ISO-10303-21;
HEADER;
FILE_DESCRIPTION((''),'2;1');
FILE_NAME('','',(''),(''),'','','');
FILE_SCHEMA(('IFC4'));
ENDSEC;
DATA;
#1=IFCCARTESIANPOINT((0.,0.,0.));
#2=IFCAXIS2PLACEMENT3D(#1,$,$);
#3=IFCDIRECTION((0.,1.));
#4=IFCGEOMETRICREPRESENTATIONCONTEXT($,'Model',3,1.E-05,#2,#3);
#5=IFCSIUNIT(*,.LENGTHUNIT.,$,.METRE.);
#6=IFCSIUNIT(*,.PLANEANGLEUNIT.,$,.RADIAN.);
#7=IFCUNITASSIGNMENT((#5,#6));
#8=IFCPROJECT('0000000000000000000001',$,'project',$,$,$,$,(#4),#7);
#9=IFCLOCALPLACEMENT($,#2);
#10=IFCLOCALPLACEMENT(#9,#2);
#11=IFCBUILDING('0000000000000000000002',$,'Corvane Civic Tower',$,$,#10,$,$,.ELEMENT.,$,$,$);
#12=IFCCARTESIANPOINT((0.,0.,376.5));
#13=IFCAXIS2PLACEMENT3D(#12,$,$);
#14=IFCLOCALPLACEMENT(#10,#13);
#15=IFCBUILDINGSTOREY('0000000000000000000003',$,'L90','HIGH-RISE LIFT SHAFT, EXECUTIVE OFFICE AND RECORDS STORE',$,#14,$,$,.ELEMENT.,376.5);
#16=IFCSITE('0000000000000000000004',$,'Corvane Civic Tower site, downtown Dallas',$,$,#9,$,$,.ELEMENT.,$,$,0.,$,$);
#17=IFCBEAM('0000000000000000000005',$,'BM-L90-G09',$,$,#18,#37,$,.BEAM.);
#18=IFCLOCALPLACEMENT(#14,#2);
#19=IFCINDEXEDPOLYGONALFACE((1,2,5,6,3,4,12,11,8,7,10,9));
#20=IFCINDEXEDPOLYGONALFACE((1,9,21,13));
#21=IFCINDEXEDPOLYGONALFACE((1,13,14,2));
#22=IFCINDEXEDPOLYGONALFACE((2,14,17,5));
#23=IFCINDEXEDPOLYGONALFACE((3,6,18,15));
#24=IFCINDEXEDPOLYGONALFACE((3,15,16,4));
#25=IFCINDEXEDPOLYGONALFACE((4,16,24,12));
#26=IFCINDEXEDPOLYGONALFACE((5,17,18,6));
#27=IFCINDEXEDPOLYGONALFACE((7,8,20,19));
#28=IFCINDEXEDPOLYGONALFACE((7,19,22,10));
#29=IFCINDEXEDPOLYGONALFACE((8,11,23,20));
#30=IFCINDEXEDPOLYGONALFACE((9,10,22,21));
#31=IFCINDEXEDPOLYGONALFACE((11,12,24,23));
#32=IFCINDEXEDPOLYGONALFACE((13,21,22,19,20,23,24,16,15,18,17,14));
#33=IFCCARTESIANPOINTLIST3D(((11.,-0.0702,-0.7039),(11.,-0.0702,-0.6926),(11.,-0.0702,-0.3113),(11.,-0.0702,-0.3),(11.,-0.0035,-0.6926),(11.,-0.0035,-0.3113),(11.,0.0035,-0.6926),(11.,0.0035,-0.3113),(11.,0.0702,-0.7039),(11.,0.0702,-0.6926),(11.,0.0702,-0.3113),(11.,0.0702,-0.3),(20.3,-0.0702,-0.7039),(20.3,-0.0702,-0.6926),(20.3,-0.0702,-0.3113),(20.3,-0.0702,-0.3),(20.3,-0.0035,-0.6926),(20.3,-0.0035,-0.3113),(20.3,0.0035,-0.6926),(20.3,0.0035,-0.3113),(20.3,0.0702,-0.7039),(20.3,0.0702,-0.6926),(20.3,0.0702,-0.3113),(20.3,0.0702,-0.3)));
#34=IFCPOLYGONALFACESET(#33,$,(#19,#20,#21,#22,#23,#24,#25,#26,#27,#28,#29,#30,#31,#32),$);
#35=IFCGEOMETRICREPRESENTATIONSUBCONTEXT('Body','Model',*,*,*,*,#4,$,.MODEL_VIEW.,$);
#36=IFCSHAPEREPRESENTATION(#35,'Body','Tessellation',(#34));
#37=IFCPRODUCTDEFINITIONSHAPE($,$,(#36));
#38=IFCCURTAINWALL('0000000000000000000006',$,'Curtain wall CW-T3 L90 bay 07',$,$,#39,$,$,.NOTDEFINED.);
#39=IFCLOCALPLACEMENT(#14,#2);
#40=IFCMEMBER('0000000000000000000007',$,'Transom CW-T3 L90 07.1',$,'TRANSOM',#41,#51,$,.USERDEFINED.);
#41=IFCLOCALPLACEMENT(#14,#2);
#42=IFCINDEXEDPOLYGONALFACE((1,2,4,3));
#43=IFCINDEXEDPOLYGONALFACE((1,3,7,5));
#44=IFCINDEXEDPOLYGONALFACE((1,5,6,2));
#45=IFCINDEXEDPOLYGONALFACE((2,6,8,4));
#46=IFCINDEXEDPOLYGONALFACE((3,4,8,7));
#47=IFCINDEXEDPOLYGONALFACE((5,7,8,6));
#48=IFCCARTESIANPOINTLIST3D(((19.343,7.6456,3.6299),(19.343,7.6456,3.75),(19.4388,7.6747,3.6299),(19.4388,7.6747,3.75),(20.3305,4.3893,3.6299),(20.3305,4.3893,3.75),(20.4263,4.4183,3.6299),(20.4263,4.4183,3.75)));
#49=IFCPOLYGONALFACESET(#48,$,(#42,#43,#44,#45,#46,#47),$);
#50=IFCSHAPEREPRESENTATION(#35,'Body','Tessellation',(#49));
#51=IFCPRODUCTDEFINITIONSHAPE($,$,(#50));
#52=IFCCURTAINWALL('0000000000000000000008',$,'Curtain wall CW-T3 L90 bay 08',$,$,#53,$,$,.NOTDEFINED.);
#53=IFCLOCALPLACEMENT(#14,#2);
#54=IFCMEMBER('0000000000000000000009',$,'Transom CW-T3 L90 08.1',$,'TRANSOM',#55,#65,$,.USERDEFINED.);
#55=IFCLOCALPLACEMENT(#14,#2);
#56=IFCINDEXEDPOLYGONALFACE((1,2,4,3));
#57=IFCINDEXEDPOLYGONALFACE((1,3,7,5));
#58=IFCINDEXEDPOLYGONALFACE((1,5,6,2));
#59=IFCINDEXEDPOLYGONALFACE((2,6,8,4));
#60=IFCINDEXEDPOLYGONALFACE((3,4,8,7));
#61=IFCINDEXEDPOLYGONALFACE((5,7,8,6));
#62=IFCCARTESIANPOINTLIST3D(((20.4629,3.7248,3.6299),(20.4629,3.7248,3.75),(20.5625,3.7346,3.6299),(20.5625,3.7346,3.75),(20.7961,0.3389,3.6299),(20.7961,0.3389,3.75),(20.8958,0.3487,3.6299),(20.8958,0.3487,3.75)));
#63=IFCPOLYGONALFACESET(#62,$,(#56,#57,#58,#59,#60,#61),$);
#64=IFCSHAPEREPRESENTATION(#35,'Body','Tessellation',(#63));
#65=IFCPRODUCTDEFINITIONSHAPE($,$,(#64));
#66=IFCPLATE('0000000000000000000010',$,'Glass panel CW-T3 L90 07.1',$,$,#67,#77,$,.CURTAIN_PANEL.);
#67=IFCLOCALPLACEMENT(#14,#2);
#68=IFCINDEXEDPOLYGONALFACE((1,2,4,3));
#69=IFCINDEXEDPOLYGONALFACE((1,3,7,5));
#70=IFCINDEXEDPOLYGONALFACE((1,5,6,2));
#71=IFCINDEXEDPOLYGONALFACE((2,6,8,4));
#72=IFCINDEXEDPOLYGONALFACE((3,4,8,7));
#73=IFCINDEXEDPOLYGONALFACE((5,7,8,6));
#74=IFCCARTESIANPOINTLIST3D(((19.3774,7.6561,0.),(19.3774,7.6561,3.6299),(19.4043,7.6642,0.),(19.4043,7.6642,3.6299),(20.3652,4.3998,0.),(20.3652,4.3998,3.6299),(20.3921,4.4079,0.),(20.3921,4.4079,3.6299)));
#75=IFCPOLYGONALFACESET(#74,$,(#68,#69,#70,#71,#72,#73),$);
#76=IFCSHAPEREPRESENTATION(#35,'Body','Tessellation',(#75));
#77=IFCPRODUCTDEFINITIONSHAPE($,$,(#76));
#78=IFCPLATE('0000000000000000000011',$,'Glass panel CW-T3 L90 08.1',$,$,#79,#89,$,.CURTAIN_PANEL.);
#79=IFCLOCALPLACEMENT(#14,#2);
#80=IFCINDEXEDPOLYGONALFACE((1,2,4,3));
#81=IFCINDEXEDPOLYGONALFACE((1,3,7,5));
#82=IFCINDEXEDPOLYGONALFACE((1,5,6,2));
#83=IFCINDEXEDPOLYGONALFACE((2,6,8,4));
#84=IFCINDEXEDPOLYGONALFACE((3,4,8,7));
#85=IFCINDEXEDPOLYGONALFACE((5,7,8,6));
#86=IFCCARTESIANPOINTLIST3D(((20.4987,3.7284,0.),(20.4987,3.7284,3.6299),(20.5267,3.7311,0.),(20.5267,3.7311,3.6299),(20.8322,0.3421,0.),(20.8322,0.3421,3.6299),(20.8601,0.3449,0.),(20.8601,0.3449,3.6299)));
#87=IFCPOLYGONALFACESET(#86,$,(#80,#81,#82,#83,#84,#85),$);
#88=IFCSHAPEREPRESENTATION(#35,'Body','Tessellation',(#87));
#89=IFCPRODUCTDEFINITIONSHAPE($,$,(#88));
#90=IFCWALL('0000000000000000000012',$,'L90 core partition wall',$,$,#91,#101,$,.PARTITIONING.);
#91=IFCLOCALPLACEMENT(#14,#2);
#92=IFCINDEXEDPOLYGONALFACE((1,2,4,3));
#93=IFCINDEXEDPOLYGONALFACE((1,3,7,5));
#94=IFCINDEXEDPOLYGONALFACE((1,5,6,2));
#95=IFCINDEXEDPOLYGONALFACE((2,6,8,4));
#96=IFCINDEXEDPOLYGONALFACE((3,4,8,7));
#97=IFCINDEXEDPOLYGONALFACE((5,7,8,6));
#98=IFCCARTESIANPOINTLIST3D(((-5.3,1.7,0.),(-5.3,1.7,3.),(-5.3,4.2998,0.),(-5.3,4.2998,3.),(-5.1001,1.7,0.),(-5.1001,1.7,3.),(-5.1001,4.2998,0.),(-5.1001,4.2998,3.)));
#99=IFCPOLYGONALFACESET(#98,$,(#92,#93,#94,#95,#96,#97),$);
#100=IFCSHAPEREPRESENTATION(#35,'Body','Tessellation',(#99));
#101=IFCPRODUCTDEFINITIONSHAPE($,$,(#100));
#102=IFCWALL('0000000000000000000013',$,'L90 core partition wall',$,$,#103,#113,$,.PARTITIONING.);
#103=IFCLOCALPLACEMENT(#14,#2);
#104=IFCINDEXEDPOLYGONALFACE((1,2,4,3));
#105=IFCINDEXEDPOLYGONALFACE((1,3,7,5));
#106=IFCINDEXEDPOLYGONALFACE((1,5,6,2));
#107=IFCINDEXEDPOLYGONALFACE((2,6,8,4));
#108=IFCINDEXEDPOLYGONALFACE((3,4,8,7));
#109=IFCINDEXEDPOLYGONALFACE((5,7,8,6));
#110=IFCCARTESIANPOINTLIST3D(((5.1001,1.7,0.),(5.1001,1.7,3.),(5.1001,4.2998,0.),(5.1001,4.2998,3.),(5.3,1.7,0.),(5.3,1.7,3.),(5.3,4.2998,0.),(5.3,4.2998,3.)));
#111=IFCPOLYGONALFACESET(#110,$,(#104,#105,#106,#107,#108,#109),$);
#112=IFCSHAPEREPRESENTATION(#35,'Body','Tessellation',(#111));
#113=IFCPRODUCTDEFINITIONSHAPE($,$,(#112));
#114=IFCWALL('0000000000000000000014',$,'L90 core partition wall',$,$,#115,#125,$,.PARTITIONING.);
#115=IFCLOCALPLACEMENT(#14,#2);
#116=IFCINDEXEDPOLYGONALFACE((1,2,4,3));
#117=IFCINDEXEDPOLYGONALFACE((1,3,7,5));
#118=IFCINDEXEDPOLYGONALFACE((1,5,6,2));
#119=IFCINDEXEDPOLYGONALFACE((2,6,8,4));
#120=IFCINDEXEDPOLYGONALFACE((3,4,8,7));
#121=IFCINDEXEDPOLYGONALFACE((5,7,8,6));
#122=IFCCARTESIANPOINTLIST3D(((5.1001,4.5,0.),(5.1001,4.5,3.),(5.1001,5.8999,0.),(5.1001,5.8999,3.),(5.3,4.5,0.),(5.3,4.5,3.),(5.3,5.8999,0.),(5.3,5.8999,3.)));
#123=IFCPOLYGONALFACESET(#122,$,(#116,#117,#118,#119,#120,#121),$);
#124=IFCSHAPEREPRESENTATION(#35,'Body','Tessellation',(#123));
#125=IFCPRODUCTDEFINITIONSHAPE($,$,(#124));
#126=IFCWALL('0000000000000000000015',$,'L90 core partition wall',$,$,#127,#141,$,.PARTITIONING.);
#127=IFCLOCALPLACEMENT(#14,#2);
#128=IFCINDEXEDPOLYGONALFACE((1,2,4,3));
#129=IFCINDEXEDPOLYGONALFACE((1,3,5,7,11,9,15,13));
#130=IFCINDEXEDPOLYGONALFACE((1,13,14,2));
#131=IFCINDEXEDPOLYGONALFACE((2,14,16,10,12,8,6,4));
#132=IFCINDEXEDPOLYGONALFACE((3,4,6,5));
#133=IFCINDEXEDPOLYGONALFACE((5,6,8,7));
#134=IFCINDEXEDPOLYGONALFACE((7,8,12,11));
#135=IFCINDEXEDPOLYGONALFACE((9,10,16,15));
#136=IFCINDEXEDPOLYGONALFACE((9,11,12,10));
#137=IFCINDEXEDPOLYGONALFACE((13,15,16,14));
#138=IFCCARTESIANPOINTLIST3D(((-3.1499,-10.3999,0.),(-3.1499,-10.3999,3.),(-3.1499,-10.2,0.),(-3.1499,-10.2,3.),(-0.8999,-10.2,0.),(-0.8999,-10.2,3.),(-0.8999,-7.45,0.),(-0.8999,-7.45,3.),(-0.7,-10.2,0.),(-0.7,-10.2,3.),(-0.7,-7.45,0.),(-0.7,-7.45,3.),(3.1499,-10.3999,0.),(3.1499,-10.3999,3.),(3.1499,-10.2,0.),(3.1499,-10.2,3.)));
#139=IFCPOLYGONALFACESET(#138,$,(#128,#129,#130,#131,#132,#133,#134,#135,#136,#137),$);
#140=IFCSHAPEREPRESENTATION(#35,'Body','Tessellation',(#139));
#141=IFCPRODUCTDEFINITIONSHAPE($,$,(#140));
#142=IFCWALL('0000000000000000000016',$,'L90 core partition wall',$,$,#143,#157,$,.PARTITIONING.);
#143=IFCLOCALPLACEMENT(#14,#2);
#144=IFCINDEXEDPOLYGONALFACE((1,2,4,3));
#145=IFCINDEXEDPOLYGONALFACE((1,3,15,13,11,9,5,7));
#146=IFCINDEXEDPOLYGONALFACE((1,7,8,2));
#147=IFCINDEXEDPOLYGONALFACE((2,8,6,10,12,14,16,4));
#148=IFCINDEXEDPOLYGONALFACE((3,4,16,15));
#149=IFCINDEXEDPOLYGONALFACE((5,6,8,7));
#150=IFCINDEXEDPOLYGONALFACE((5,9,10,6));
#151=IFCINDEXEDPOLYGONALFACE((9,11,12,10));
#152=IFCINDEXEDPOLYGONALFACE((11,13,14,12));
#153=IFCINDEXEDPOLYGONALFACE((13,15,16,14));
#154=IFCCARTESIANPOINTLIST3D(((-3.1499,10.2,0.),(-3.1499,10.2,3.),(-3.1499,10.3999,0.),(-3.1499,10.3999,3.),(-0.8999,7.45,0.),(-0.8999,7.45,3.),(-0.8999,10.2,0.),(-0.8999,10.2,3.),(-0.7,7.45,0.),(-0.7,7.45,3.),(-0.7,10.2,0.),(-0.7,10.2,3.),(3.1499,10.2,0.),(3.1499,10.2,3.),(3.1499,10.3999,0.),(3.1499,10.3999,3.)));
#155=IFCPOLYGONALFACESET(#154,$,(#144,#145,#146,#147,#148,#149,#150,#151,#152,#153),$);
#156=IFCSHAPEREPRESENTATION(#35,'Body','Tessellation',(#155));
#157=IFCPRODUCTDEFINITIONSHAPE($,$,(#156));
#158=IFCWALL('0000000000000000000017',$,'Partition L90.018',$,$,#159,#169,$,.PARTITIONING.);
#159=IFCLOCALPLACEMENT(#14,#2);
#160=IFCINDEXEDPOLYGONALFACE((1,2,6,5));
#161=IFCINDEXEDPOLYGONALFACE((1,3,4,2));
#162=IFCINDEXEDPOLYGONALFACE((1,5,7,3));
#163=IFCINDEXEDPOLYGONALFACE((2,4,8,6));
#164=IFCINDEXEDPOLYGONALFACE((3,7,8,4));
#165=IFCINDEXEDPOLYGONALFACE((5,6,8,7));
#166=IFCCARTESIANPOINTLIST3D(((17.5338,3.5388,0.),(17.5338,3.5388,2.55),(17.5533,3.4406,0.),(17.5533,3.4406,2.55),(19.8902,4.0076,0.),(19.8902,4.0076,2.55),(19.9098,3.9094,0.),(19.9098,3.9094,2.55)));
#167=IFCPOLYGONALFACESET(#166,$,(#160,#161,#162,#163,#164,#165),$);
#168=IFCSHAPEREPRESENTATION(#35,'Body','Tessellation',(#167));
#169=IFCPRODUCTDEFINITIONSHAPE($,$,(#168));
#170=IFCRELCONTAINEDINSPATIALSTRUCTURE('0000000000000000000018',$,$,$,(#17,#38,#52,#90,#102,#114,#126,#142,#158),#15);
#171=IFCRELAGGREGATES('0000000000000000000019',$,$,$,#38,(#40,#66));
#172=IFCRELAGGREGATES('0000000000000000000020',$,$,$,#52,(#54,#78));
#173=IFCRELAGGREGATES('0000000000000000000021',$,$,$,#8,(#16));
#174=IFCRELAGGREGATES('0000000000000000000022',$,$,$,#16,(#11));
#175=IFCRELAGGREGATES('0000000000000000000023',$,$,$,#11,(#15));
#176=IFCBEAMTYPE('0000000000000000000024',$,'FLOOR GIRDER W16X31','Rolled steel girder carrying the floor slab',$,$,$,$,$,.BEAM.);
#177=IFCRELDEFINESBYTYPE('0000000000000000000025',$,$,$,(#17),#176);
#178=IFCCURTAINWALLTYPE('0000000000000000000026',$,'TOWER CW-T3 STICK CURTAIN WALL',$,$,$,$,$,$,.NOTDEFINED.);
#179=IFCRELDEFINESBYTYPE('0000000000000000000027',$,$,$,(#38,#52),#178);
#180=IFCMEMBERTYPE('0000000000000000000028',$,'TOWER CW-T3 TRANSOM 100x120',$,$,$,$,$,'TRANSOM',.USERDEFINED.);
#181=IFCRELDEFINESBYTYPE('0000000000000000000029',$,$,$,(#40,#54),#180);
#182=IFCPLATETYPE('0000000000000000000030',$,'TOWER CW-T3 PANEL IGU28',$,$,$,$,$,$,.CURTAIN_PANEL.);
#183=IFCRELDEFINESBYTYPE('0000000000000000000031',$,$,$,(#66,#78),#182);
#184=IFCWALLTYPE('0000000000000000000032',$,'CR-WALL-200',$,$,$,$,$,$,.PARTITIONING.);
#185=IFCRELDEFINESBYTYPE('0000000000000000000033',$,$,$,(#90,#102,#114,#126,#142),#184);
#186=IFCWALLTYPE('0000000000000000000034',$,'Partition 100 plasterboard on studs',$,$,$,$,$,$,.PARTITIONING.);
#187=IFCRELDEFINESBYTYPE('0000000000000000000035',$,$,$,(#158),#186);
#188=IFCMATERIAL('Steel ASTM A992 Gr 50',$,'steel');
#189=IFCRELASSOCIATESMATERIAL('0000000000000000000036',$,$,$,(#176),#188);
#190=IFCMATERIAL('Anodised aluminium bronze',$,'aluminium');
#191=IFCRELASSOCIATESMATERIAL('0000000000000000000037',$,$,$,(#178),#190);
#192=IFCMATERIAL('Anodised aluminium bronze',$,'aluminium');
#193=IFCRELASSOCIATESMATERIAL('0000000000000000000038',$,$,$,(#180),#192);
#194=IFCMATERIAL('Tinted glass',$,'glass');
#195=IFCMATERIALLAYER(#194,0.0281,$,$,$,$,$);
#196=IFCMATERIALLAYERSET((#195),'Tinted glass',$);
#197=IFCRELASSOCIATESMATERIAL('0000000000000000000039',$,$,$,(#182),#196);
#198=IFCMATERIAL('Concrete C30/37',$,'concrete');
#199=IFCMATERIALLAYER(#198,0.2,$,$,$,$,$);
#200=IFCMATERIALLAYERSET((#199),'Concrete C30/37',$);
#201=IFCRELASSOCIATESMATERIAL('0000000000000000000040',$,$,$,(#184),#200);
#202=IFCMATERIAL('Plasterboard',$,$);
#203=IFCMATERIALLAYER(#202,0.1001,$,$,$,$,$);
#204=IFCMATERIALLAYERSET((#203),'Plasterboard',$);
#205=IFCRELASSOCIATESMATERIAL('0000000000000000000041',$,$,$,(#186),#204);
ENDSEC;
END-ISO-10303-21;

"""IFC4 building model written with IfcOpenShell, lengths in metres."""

from ifc_helpers import new_model, si_unit, direction, frame, frame_2d, origin, origin_2d, place, context, subcontext, project, spatial, polyline, rectangle, i_section, outline, extrude, material, layer, layer_set, material_profile, profile_set, type_object, element, aggregate, save


model = new_model("IFC4")

# Units and contexts
model_context = context("Model", 3, precision=1e-05, world=origin(), true_north=direction((0.0, 1.0)))
body_context = subcontext(model_context, "Body", "Model", "MODEL_VIEW")
ifc_project = project(units=[si_unit("LENGTHUNIT", "METRE"), si_unit("PLANEANGLEUNIT", "RADIAN")], contexts=[model_context])

# Site, building, storey
site_placement = place(None, origin())
site = spatial("IfcSite", under=ifc_project, at=site_placement, Name="Corvane Civic Tower site, downtown Dallas", CompositionType="ELEMENT", RefElevation=0.0)
building_placement = place(site_placement, origin())
building = spatial("IfcBuilding", under=site, at=building_placement, Name="Corvane Civic Tower", CompositionType="ELEMENT")
storey_placement = place(building_placement, frame((0.0, 0.0, 376.5)))
storey = spatial("IfcBuildingStorey", under=building, at=storey_placement, Name="L90", Description="HIGH-RISE LIFT SHAFT, EXECUTIVE OFFICE AND RECORDS STORE", CompositionType="ELEMENT", Elevation=376.5)

# Beam
ifc_material_1 = material(Name="Steel ASTM A992 Gr 50", Category="steel")
ifc_material_profile_1 = material_profile(ifc_material_1, i_section(OverallWidth=0.1404, OverallDepth=0.4038, WebThickness=0.0071, FlangeThickness=0.0112, at=origin_2d()), Name="W16X31")
ifc_profile_set_1 = profile_set([ifc_material_profile_1], Name="Steel ASTM A992 Gr 50")
beam_type_1 = type_object("IfcBeamType", Name="FLOOR GIRDER W16X31", Description="Rolled steel girder carrying the floor slab", PredefinedType="BEAM", material=ifc_profile_set_1)
beam_1_placement = place(storey_placement, frame((11.0, 0.0, -0.502), z_axis=(1.0, 0.0, 0.0), x_axis=(0.0, 1.0, 0.0)))
element("IfcBeam", 1, at=beam_1_placement, inside=storey, type_object=beam_type_1, Name="BM-L90-G09", PredefinedType="BEAM", context=body_context, shape_type="SweptSolid", body=[
    extrude(i_section(OverallWidth=0.1404, OverallDepth=0.4038, WebThickness=0.0071, FlangeThickness=0.0112, at=origin_2d()), origin(), (0.0, 0.0, 1.0), 9.3),
])

# Curtain walls, members
ifc_material_2 = material(Name="Anodised aluminium bronze", Category="aluminium")
curtain_wall_type = type_object("IfcCurtainWallType", Name="TOWER CW-T3 STICK CURTAIN WALL", PredefinedType="NOTDEFINED", material=ifc_material_2)
curtain_wall_1_placement = place(storey_placement, origin())
curtain_wall_1 = element("IfcCurtainWall", 2, at=curtain_wall_1_placement, inside=storey, type_object=curtain_wall_type, Name="Curtain wall CW-T3 L90 bay 07", PredefinedType="NOTDEFINED")
ifc_material_3 = material(Name="Anodised aluminium bronze", Category="aluminium")
ifc_material_profile_2 = material_profile(ifc_material_3, rectangle(XDim=0.1001, YDim=0.1201, at=origin_2d()), Name="TOWER CW-T3 TRANSOM 100x120")
ifc_profile_set_2 = profile_set([ifc_material_profile_2], Name="Anodised aluminium bronze")
member_type = type_object("IfcMemberType", Name="TOWER CW-T3 TRANSOM 100x120", ElementType="TRANSOM", PredefinedType="USERDEFINED", material=ifc_profile_set_2)
member_1_placement = place(storey_placement, frame((19.3909, 7.6602, 3.6899), z_axis=(0.290216, -0.956961, 0.0), x_axis=(0.956961, 0.290216, 0.0)))
member_1 = element("IfcMember", 3, at=member_1_placement, type_object=member_type, Name="Transom CW-T3 L90 07.1", ObjectType="TRANSOM", PredefinedType="USERDEFINED", context=body_context, shape_type="SweptSolid", body=[
    extrude(rectangle(XDim=0.1001, YDim=0.1201, at=origin_2d()), origin(), (0.0, 0.0, 1.0), 3.4028),
])
curtain_wall_2_placement = place(storey_placement, origin())
curtain_wall_2 = element("IfcCurtainWall", 4, at=curtain_wall_2_placement, inside=storey, type_object=curtain_wall_type, Name="Curtain wall CW-T3 L90 bay 08", PredefinedType="NOTDEFINED")
member_2_placement = place(storey_placement, frame((20.5127, 3.7297, 3.6899), z_axis=(0.097948, -0.995192, 0.0), x_axis=(0.995192, 0.097948, 0.0)))
member_2 = element("IfcMember", 5, at=member_2_placement, type_object=member_type, Name="Transom CW-T3 L90 08.1", ObjectType="TRANSOM", PredefinedType="USERDEFINED", context=body_context, shape_type="SweptSolid", body=[
    extrude(rectangle(XDim=0.1001, YDim=0.1201, at=origin_2d()), origin(), (0.0, 0.0, 1.0), 3.4023),
])

# Plates
ifc_material_4 = material(Name="Tinted glass", Category="glass")
ifc_layer_1 = layer(ifc_material_4, 0.0281)
ifc_layer_set_1 = layer_set([ifc_layer_1], Name="Tinted glass")
plate_type = type_object("IfcPlateType", Name="TOWER CW-T3 PANEL IGU28", PredefinedType="CURTAIN_PANEL", material=ifc_layer_set_1)
plate_1_placement = place(storey_placement, frame((19.8848, 6.032, 0.0), z_axis=(0.0, 0.0, 1.0), x_axis=(0.29029, -0.956939, 0.0)))
plate_1 = element("IfcPlate", 6, at=plate_1_placement, type_object=plate_type, Name="Glass panel CW-T3 L90 07.1", PredefinedType="CURTAIN_PANEL", context=body_context, shape_type="SweptSolid", body=[
    extrude(rectangle(XDim=3.4028, YDim=0.0281, at=origin_2d()), origin(), (0.0, 0.0, 1.0), 3.6299),
])
aggregate(curtain_wall_1, [member_1, plate_1])
plate_2_placement = place(storey_placement, frame((20.6794, 2.0366, 0.0), z_axis=(0.0, 0.0, 1.0), x_axis=(0.097998, -0.995187, 0.0)))
plate_2 = element("IfcPlate", 7, at=plate_2_placement, type_object=plate_type, Name="Glass panel CW-T3 L90 08.1", PredefinedType="CURTAIN_PANEL", context=body_context, shape_type="SweptSolid", body=[
    extrude(rectangle(XDim=3.4026, YDim=0.0281, at=origin_2d()), origin(), (0.0, 0.0, 1.0), 3.6299),
])
aggregate(curtain_wall_2, [member_2, plate_2])

# Walls
ifc_material_5 = material(Name="Concrete C30/37", Category="concrete")
ifc_layer_2 = layer(ifc_material_5, 0.2)
ifc_layer_set_2 = layer_set([ifc_layer_2], Name="Concrete C30/37")
wall_type_1 = type_object("IfcWallType", Name="CR-WALL-200", PredefinedType="PARTITIONING", material=ifc_layer_set_2)
wall_1_placement = place(storey_placement, origin())
element("IfcWall", 8, at=wall_1_placement, inside=storey, type_object=wall_type_1, Name="L90 core partition wall", PredefinedType="PARTITIONING", context=body_context, shape_type="SweptSolid", body=[
    extrude(outline(polyline([(-5.1001, 1.7), (-5.3, 1.7), (-5.3, 4.2998), (-5.1001, 4.2998), (-5.1001, 1.7)])), origin(), (0.0, 0.0, 1.0), 3.0),
])
wall_2_placement = place(storey_placement, origin())
element("IfcWall", 9, at=wall_2_placement, inside=storey, type_object=wall_type_1, Name="L90 core partition wall", PredefinedType="PARTITIONING", context=body_context, shape_type="SweptSolid", body=[
    extrude(outline(polyline([(5.3, 1.7), (5.1001, 1.7), (5.1001, 4.2998), (5.3, 4.2998), (5.3, 1.7)])), origin(), (0.0, 0.0, 1.0), 3.0),
])
wall_3_placement = place(storey_placement, origin())
element("IfcWall", 10, at=wall_3_placement, inside=storey, type_object=wall_type_1, Name="L90 core partition wall", PredefinedType="PARTITIONING", context=body_context, shape_type="SweptSolid", body=[
    extrude(outline(polyline([(5.3, 4.5), (5.1001, 4.5), (5.1001, 5.8999), (5.3, 5.8999), (5.3, 4.5)])), origin(), (0.0, 0.0, 1.0), 3.0),
])
wall_4_placement = place(storey_placement, origin())
element("IfcWall", 11, at=wall_4_placement, inside=storey, type_object=wall_type_1, Name="L90 core partition wall", PredefinedType="PARTITIONING", context=body_context, shape_type="SweptSolid", body=[
    extrude(outline(polyline([(-0.7, -7.45), (-0.7, -10.2), (3.1499, -10.2), (3.1499, -10.3999), (-3.1499, -10.3999), (-3.1499, -10.2), (-0.8999, -10.2), (-0.8999, -7.45), (-0.7, -7.45)])), origin(), (0.0, 0.0, 1.0), 3.0),
])
wall_5_placement = place(storey_placement, origin())
element("IfcWall", 12, at=wall_5_placement, inside=storey, type_object=wall_type_1, Name="L90 core partition wall", PredefinedType="PARTITIONING", context=body_context, shape_type="SweptSolid", body=[
    extrude(outline(polyline([(-0.7, 7.45), (-0.8999, 7.45), (-0.8999, 10.2), (-3.1499, 10.2), (-3.1499, 10.3999), (3.1499, 10.3999), (3.1499, 10.2), (-0.7, 10.2), (-0.7, 7.45)])), origin(), (0.0, 0.0, 1.0), 3.0),
])
ifc_material_6 = material(Name="Plasterboard")
ifc_layer_3 = layer(ifc_material_6, 0.1001)
ifc_layer_set_3 = layer_set([ifc_layer_3], Name="Plasterboard")
wall_type_2 = type_object("IfcWallType", Name="Partition 100 plasterboard on studs", PredefinedType="PARTITIONING", material=ifc_layer_set_3)
wall_6_placement = place(storey_placement, frame((17.5437, 3.4897, 0.0), z_axis=(0.0, 0.0, 1.0), x_axis=(0.980783, 0.1951, 0.0)))
element("IfcWall", 13, at=wall_6_placement, inside=storey, type_object=wall_type_2, Name="Partition L90.018", PredefinedType="PARTITIONING", context=body_context, shape_type="SweptSolid", body=[
    extrude(rectangle(XDim=2.4026, YDim=0.1001, at=frame_2d((1.2012, 0.0))), origin(), (0.0, 0.0, 1.0), 2.55),
])

save(model, "model.ifc")
